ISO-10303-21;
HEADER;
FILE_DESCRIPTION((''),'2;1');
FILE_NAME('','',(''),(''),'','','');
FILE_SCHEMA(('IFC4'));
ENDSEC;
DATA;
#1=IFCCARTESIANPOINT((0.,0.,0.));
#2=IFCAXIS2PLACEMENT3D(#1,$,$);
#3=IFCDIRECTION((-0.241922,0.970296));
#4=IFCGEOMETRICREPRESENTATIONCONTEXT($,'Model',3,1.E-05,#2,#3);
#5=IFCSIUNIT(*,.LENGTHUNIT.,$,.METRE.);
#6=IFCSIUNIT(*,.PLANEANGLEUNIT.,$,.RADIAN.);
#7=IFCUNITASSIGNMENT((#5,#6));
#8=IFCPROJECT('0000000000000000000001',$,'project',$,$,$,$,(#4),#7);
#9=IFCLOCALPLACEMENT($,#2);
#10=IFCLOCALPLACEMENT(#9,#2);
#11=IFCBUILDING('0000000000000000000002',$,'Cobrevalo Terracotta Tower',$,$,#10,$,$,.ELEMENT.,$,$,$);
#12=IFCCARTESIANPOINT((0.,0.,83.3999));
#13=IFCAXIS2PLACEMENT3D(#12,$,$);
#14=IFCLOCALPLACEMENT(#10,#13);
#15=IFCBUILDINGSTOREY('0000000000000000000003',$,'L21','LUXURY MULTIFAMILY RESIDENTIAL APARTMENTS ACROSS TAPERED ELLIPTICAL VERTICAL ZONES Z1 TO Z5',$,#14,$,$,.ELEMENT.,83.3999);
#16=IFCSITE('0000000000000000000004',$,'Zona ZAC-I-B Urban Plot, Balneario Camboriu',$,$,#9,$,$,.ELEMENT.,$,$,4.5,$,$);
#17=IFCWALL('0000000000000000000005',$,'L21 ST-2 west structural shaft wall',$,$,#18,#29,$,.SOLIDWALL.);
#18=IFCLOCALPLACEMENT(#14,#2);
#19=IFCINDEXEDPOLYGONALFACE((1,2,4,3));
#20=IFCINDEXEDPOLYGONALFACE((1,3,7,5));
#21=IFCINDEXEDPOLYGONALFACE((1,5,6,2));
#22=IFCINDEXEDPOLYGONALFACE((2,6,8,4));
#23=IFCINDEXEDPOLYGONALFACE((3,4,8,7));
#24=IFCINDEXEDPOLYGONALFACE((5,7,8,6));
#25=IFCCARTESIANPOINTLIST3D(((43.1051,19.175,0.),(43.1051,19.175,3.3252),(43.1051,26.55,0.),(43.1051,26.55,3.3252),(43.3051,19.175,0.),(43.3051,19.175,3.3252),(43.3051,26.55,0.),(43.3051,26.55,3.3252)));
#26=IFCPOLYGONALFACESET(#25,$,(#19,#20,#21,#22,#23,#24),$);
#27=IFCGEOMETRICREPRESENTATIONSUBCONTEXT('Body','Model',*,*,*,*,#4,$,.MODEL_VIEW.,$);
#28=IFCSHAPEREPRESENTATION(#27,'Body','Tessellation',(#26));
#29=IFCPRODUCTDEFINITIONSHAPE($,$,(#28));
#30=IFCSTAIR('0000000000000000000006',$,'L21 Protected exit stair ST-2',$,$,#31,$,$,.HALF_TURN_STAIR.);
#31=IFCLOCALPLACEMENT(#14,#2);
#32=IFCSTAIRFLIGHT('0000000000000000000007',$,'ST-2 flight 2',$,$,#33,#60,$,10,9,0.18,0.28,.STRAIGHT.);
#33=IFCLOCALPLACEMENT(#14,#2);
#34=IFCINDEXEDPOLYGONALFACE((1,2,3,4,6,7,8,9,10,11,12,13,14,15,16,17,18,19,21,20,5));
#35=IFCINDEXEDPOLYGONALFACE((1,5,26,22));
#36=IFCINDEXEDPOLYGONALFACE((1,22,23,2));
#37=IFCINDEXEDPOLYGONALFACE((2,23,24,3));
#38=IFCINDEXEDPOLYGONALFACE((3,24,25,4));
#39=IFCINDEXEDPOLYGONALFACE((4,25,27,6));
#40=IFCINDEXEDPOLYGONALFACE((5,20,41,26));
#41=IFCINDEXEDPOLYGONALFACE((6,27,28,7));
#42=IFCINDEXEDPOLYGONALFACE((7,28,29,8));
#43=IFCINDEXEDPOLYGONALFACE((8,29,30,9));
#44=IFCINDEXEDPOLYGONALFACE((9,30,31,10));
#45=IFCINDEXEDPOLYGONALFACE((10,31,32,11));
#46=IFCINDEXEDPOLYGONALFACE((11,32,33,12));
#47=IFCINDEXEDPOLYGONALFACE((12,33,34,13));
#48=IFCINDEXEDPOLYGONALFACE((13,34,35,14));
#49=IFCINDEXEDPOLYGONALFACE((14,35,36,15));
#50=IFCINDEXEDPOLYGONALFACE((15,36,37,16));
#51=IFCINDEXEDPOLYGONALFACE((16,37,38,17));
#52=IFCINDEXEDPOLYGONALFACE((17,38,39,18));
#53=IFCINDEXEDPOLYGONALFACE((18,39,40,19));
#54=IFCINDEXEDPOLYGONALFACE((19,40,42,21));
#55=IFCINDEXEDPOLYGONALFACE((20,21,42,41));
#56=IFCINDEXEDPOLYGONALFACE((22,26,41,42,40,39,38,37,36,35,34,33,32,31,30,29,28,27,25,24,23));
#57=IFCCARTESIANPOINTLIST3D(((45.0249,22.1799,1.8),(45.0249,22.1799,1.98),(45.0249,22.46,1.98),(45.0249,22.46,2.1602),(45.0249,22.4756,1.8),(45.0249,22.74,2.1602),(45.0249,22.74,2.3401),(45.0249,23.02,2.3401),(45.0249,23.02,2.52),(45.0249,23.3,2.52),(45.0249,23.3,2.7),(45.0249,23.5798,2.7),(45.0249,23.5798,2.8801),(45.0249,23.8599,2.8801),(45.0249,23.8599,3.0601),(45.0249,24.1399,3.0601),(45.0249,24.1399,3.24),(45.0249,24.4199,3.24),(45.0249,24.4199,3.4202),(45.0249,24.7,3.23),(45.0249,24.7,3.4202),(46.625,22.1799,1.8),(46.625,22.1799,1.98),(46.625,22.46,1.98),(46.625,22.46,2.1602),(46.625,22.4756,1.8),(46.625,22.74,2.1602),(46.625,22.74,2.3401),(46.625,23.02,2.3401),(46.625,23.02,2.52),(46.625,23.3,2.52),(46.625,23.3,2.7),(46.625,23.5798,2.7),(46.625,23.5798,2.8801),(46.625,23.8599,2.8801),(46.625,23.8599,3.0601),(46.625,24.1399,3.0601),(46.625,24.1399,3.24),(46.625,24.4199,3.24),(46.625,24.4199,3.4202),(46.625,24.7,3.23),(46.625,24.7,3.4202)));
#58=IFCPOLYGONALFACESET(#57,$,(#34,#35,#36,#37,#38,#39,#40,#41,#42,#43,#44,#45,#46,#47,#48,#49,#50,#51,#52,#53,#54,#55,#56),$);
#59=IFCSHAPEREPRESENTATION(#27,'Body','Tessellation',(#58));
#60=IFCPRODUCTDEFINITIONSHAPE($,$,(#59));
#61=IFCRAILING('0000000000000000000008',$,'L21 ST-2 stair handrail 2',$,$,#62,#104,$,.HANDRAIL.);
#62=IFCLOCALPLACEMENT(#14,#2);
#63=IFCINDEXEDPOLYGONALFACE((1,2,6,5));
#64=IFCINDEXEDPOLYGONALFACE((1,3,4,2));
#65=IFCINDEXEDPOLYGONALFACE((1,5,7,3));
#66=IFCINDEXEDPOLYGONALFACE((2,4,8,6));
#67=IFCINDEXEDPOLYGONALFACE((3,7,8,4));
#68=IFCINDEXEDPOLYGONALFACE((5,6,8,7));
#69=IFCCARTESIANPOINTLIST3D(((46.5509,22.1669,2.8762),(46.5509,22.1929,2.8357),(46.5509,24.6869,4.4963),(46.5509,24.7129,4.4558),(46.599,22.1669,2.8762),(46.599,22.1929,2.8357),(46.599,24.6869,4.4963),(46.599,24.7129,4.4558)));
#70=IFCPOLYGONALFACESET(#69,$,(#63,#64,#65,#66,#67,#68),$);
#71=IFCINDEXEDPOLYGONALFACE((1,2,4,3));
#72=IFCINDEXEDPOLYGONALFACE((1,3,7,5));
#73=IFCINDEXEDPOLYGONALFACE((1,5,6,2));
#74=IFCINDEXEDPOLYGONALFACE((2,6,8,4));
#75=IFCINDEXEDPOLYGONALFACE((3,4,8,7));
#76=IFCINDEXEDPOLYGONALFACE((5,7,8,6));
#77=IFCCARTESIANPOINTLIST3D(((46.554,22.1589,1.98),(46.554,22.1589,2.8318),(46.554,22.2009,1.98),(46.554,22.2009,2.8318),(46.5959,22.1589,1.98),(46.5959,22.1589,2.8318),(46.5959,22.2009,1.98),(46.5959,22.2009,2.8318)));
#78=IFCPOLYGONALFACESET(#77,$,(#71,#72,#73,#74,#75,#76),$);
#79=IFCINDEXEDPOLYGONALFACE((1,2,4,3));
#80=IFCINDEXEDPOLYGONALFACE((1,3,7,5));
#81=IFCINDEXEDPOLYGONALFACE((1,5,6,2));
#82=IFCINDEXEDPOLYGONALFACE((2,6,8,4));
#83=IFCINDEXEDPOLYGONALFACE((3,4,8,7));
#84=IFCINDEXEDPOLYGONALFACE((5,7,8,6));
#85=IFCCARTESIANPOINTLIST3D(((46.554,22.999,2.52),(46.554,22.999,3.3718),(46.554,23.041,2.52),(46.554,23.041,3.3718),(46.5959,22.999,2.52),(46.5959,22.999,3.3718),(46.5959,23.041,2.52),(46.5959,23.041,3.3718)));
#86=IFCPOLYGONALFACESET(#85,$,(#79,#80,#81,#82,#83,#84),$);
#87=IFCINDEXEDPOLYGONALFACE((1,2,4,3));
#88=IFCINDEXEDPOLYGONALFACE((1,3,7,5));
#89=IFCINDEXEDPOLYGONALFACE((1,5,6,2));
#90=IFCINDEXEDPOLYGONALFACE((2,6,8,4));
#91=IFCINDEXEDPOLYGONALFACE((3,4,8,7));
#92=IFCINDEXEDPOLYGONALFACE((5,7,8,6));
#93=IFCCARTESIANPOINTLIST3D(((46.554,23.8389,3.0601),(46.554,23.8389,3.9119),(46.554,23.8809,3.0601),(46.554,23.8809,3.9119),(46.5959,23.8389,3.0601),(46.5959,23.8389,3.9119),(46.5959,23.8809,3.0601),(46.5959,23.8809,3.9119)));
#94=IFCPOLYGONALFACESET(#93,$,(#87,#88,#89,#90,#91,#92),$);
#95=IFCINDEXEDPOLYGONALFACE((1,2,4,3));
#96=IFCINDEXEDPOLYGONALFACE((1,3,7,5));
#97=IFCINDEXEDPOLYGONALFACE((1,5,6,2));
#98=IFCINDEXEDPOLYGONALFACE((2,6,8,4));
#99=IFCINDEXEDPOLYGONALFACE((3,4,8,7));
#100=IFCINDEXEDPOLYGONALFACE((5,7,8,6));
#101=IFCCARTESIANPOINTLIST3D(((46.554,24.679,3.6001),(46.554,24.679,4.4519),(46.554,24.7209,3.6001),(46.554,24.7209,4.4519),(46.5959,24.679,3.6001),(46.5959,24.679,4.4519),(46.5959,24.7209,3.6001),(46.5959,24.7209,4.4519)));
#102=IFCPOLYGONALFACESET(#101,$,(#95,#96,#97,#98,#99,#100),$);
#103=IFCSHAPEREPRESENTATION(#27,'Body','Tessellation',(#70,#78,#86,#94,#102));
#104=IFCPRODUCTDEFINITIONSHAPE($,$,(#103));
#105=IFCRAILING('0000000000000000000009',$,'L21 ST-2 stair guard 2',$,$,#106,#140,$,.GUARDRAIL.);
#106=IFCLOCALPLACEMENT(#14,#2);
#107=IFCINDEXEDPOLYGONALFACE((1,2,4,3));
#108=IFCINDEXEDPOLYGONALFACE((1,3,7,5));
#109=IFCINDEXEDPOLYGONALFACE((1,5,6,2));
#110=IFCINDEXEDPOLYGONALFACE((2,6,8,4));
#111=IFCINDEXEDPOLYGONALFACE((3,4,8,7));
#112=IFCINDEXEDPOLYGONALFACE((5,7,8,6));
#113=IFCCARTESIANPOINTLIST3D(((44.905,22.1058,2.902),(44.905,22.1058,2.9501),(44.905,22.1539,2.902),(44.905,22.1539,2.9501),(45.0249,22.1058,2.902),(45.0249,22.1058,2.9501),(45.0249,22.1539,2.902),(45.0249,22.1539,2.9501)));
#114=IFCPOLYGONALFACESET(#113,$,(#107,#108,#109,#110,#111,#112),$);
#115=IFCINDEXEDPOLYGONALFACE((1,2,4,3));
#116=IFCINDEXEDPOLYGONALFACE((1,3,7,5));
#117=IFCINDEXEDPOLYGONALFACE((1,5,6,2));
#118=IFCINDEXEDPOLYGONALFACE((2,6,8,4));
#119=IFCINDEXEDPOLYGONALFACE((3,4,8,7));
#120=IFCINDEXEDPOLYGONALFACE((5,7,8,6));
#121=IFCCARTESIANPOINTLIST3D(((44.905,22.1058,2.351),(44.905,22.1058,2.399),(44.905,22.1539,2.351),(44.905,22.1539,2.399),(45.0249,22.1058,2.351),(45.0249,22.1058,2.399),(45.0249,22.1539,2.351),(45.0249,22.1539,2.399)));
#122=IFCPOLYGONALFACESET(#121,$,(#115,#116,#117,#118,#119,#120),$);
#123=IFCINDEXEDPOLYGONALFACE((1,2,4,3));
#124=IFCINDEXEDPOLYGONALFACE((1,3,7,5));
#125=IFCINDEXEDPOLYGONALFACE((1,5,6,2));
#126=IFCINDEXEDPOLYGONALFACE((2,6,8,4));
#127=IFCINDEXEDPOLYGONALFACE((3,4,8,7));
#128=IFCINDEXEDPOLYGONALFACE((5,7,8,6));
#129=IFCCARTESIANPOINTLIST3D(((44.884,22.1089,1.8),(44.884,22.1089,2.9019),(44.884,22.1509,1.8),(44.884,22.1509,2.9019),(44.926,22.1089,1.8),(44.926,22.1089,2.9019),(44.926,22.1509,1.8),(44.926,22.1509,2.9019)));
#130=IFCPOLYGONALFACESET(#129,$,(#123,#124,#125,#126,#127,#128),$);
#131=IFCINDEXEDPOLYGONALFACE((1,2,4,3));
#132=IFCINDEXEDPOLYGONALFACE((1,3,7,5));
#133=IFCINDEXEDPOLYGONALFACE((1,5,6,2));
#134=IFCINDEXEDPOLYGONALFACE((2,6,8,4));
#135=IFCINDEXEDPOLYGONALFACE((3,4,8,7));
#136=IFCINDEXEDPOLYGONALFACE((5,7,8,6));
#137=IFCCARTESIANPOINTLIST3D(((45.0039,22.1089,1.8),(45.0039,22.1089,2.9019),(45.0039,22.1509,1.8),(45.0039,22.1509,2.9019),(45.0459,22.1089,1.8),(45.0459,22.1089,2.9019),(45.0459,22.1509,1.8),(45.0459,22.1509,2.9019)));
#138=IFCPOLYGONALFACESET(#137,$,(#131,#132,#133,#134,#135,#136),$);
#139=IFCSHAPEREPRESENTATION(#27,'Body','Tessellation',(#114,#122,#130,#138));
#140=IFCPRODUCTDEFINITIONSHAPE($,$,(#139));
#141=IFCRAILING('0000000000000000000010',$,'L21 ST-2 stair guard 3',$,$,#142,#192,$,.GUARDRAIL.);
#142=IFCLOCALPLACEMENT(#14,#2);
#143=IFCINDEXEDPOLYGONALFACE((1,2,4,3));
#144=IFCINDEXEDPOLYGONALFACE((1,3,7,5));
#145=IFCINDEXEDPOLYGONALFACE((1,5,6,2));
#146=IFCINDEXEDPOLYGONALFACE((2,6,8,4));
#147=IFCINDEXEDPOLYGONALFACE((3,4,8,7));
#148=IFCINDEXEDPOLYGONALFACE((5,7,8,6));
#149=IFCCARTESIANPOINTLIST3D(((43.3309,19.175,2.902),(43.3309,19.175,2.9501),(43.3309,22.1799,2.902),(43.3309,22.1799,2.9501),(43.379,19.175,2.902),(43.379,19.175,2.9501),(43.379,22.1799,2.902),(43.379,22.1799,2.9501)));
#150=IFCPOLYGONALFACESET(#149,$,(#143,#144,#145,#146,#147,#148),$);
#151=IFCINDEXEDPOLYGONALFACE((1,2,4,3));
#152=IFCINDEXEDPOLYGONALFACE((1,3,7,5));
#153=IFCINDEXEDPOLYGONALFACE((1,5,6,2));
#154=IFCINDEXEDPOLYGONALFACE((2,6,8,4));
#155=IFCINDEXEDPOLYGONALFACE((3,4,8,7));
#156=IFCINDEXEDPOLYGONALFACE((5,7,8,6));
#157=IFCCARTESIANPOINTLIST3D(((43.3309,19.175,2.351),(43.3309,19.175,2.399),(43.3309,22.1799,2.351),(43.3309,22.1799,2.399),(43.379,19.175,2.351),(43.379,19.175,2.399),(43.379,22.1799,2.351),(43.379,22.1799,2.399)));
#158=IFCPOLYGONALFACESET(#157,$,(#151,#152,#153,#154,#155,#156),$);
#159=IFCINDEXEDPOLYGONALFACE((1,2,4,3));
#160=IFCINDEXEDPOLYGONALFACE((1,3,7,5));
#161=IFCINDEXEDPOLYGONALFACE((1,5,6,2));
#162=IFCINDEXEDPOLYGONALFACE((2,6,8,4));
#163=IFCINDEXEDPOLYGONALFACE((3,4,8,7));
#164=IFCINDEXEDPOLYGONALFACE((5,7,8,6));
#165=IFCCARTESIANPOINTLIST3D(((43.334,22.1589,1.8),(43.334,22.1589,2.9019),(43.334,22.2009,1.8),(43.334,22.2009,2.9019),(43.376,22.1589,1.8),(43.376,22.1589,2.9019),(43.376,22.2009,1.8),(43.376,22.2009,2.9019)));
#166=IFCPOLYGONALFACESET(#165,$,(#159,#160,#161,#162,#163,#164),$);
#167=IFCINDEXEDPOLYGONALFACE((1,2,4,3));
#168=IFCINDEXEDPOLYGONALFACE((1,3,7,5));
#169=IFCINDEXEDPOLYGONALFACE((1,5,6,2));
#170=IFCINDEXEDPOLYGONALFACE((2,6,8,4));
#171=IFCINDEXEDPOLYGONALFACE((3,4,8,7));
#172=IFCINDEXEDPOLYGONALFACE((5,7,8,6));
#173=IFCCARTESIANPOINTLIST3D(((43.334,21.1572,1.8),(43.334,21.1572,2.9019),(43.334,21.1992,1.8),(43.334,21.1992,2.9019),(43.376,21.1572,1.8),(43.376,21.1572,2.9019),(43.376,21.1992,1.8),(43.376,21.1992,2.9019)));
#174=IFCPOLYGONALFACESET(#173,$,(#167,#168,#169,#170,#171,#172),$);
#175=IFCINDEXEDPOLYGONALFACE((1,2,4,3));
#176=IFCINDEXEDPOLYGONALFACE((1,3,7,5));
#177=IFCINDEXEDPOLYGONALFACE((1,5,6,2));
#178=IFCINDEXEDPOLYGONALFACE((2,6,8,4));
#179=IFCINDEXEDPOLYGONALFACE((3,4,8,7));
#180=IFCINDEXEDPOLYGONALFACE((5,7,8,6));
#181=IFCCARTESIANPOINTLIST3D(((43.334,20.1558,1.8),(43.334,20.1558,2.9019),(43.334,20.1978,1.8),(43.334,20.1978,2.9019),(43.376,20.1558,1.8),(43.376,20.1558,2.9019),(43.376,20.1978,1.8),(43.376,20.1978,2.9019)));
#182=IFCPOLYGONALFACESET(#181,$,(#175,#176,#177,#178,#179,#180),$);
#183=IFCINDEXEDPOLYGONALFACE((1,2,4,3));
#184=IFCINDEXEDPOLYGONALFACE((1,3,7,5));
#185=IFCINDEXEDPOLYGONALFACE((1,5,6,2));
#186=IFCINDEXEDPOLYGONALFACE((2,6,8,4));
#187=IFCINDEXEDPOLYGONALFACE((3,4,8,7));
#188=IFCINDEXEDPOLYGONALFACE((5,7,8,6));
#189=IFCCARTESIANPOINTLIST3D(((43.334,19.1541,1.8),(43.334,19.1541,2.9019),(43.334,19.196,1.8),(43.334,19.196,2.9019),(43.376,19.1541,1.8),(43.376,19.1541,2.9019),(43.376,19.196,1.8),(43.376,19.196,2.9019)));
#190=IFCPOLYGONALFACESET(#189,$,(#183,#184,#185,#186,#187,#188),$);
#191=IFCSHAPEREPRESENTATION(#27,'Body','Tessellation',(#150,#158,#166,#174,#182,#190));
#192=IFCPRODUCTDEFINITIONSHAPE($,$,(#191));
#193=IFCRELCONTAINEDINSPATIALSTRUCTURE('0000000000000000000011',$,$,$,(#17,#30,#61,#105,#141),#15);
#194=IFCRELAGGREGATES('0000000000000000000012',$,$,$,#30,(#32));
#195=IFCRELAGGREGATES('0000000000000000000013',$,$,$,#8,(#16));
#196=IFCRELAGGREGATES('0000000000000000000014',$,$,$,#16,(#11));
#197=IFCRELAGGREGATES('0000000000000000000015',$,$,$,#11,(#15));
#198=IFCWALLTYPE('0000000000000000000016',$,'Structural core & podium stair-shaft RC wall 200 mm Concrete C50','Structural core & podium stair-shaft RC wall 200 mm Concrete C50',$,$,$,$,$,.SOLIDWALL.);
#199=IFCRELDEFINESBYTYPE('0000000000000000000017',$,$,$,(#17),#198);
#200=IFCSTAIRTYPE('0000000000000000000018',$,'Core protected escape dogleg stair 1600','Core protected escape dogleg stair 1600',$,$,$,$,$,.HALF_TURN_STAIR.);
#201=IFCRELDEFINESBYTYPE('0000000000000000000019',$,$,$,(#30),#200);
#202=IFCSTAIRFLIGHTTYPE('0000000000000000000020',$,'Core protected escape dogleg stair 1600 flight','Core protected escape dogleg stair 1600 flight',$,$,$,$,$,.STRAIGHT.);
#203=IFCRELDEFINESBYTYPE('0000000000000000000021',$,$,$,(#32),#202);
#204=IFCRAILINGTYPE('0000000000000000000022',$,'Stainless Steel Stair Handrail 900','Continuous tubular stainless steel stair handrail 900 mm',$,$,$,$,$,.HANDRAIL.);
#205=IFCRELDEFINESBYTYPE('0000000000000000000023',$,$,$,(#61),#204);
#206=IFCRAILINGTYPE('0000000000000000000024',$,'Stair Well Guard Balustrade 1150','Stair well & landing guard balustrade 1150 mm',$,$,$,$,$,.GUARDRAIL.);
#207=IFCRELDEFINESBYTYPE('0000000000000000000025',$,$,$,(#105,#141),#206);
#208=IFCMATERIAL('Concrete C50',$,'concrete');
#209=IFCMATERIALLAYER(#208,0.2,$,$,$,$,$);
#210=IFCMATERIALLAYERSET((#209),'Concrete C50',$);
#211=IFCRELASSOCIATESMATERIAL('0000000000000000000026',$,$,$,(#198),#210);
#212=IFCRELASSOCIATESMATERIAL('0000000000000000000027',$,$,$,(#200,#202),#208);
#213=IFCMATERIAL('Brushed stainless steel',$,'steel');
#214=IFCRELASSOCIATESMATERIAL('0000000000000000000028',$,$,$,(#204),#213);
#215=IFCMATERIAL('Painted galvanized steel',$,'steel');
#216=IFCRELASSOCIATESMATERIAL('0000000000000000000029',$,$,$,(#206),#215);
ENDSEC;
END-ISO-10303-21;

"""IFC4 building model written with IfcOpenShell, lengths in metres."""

from ifc_helpers import new_model, si_unit, direction, frame, frame_2d, origin, origin_2d, place, context, subcontext, project, spatial, polyline, rectangle, outline, extrude, material, layer, layer_set, type_object, element, aggregate, save


model = new_model("IFC4")

# Units and contexts
model_context = context("Model", 3, precision=1e-05, world=origin(), true_north=direction((-0.241922, 0.970296)))
body_context = subcontext(model_context, "Body", "Model", "MODEL_VIEW")
ifc_project = project(units=[si_unit("LENGTHUNIT", "METRE"), si_unit("PLANEANGLEUNIT", "RADIAN")], contexts=[model_context])

# Site, building, storey
site_placement = place(None, origin())
site = spatial("IfcSite", under=ifc_project, at=site_placement, Name="Zona ZAC-I-B Urban Plot, Balneario Camboriu", CompositionType="ELEMENT", RefElevation=4.5)
building_placement = place(site_placement, origin())
building = spatial("IfcBuilding", under=site, at=building_placement, Name="Cobrevalo Terracotta Tower", CompositionType="ELEMENT")
storey_placement = place(building_placement, frame((0.0, 0.0, 83.3999)))
storey = spatial("IfcBuildingStorey", under=building, at=storey_placement, Name="L21", Description="LUXURY MULTIFAMILY RESIDENTIAL APARTMENTS ACROSS TAPERED ELLIPTICAL VERTICAL ZONES Z1 TO Z5", CompositionType="ELEMENT", Elevation=83.3999)

# Wall
ifc_material_1 = material(Name="Concrete C50", Category="concrete")
ifc_layer_1 = layer(ifc_material_1, 0.2)
ifc_layer_set_1 = layer_set([ifc_layer_1], Name="Concrete C50")
wall_type_1 = type_object("IfcWallType", Name="Structural core & podium stair-shaft RC wall 200 mm Concrete C50", Description="Structural core & podium stair-shaft RC wall 200 mm Concrete C50", PredefinedType="SOLIDWALL", material=ifc_layer_set_1)
wall_1_placement = place(storey_placement, frame((43.2051, 19.175, 0.0), z_axis=(0.0, 0.0, 1.0), x_axis=(0.0, 1.0, 0.0)))
element("IfcWall", 1, at=wall_1_placement, inside=storey, type_object=wall_type_1, Name="L21 ST-2 west structural shaft wall", PredefinedType="SOLIDWALL", context=body_context, shape_type="SweptSolid", body=[
    extrude(rectangle(XDim=7.375, YDim=0.2, at=frame_2d((3.6875, 0.0))), origin(), (0.0, 0.0, 1.0), 3.3252),
])

# Stair, stair flight
stair_type = type_object("IfcStairType", Name="Core protected escape dogleg stair 1600", Description="Core protected escape dogleg stair 1600", PredefinedType="HALF_TURN_STAIR", material=ifc_material_1)
stair_placement = place(storey_placement, origin())
stair = element("IfcStair", 2, at=stair_placement, inside=storey, type_object=stair_type, Name="L21 Protected exit stair ST-2", PredefinedType="HALF_TURN_STAIR")
stair_flight_type = type_object("IfcStairFlightType", Name="Core protected escape dogleg stair 1600 flight", Description="Core protected escape dogleg stair 1600 flight", PredefinedType="STRAIGHT", material=ifc_material_1)
stair_flight_placement = place(storey_placement, frame((45.825, 22.1799, 1.8), z_axis=(0.0, 0.0, 1.0), x_axis=(0.0, 1.0, 0.0)))
stair_flight = element("IfcStairFlight", 3, at=stair_flight_placement, type_object=stair_flight_type, Name="ST-2 flight 2", NumberOfRisers=10, NumberOfTreads=9, PredefinedType="STRAIGHT", RiserHeight=0.18, TreadLength=0.28, context=body_context, shape_type="SweptSolid", body=[
    extrude(outline(polyline([(0.0, 0.0), (0.0, 0.1799), (0.28, 0.1799), (0.28, 0.3601), (0.5601, 0.3601), (0.5601, 0.54), (0.8401, 0.54), (0.8401, 0.72), (1.1201, 0.72), (1.1201, 0.8999), (1.3999, 0.8999), (1.3999, 1.0801), (1.6799, 1.0801), (1.6799, 1.26), (1.96, 1.26), (1.96, 1.4399), (2.24, 1.4399), (2.24, 1.6201), (2.52, 1.6201), (2.52, 1.8), (2.52, 1.4299), (0.2957, 0.0), (0.0, 0.0)])), frame((0.0, 0.8, 0.0), z_axis=(0.0, -1.0, 0.0), x_axis=(1.0, 0.0, 0.0)), (0.0, 0.0, 1.0), 1.6001),
])
aggregate(stair, [stair_flight])

# Railings
ifc_material_2 = material(Name="Brushed stainless steel", Category="steel")
railing_type_1 = type_object("IfcRailingType", Name="Stainless Steel Stair Handrail 900", Description="Continuous tubular stainless steel stair handrail 900 mm", PredefinedType="HANDRAIL", material=ifc_material_2)
railing_1_placement = place(storey_placement, frame((46.575, 22.1799, 1.98)))
element("IfcRailing", 4, at=railing_1_placement, inside=storey, type_object=railing_type_1, Name="L21 ST-2 stair handrail 2", PredefinedType="HANDRAIL", context=body_context, shape_type="SweptSolid", body=[
    extrude(rectangle(XDim=0.0481, YDim=0.0481, at=origin_2d()), frame((0.0, 0.0, 0.876), z_axis=(0.0, 0.841163, 0.540782), x_axis=(-1.0, 0.0, 0.0)), (0.0, 0.0, 1.0), 2.9958),
    extrude(rectangle(XDim=0.042, YDim=0.042, at=origin_2d()), origin(), (0.0, 0.0, 1.0), 0.8518),
    extrude(rectangle(XDim=0.042, YDim=0.042, at=origin_2d()), frame((0.0, 0.8401, 0.54)), (0.0, 0.0, 1.0), 0.8518),
    extrude(rectangle(XDim=0.042, YDim=0.042, at=origin_2d()), frame((0.0, 1.6799, 1.0801)), (0.0, 0.0, 1.0), 0.8518),
    extrude(rectangle(XDim=0.042, YDim=0.042, at=origin_2d()), frame((0.0, 2.52, 1.6201)), (0.0, 0.0, 1.0), 0.8518),
])
ifc_material_3 = material(Name="Painted galvanized steel", Category="steel")
railing_type_2 = type_object("IfcRailingType", Name="Stair Well Guard Balustrade 1150", Description="Stair well & landing guard balustrade 1150 mm", PredefinedType="GUARDRAIL", material=ifc_material_3)
railing_2_placement = place(storey_placement, frame((44.905, 22.1299, 1.8)))
element("IfcRailing", 5, at=railing_2_placement, inside=storey, type_object=railing_type_2, Name="L21 ST-2 stair guard 2", PredefinedType="GUARDRAIL", context=body_context, shape_type="SweptSolid", body=[
    extrude(rectangle(XDim=0.0481, YDim=0.0481, at=origin_2d()), frame((0.0, 0.0, 1.126), z_axis=(1.0, 0.0, 0.0), x_axis=(0.0, 1.0, 0.0)), (0.0, 0.0, 1.0), 0.1199),
    extrude(rectangle(XDim=0.0481, YDim=0.0481, at=origin_2d()), frame((0.0, 0.0, 0.575), z_axis=(1.0, 0.0, 0.0), x_axis=(0.0, 1.0, 0.0)), (0.0, 0.0, 1.0), 0.1199),
    extrude(rectangle(XDim=0.042, YDim=0.042, at=origin_2d()), origin(), (0.0, 0.0, 1.0), 1.1018),
    extrude(rectangle(XDim=0.042, YDim=0.042, at=origin_2d()), frame((0.1199, 0.0, 0.0)), (0.0, 0.0, 1.0), 1.1018),
])
for number, where, name in (
    (6, (43.355, 22.1799, 1.8), "L21 ST-2 stair guard 3"),
):
    element("IfcRailing", number, at=place(storey_placement, frame(where)), inside=storey, type_object=railing_type_2, Name=name, PredefinedType="GUARDRAIL", context=body_context, shape_type="SweptSolid", body=[
        extrude(rectangle(XDim=0.0481, YDim=0.0481, at=origin_2d()), frame((0.0, 0.0, 1.126), z_axis=(0.0, -1.0, 0.0), x_axis=(1.0, 0.0, 0.0)), (0.0, 0.0, 1.0), 3.0049),
        extrude(rectangle(XDim=0.0481, YDim=0.0481, at=origin_2d()), frame((0.0, 0.0, 0.575), z_axis=(0.0, -1.0, 0.0), x_axis=(1.0, 0.0, 0.0)), (0.0, 0.0, 1.0), 3.0049),
        extrude(rectangle(XDim=0.042, YDim=0.042, at=origin_2d()), origin(), (0.0, 0.0, 1.0), 1.1018),
        extrude(rectangle(XDim=0.042, YDim=0.042, at=origin_2d()), frame((0.0, -1.0017, 0.0)), (0.0, 0.0, 1.0), 1.1018),
        extrude(rectangle(XDim=0.042, YDim=0.042, at=origin_2d()), frame((0.0, -2.0032, 0.0)), (0.0, 0.0, 1.0), 1.1018),
        extrude(rectangle(XDim=0.042, YDim=0.042, at=origin_2d()), frame((0.0, -3.0049, 0.0)), (0.0, 0.0, 1.0), 1.1018),
    ])

save(model, "model.ifc")
